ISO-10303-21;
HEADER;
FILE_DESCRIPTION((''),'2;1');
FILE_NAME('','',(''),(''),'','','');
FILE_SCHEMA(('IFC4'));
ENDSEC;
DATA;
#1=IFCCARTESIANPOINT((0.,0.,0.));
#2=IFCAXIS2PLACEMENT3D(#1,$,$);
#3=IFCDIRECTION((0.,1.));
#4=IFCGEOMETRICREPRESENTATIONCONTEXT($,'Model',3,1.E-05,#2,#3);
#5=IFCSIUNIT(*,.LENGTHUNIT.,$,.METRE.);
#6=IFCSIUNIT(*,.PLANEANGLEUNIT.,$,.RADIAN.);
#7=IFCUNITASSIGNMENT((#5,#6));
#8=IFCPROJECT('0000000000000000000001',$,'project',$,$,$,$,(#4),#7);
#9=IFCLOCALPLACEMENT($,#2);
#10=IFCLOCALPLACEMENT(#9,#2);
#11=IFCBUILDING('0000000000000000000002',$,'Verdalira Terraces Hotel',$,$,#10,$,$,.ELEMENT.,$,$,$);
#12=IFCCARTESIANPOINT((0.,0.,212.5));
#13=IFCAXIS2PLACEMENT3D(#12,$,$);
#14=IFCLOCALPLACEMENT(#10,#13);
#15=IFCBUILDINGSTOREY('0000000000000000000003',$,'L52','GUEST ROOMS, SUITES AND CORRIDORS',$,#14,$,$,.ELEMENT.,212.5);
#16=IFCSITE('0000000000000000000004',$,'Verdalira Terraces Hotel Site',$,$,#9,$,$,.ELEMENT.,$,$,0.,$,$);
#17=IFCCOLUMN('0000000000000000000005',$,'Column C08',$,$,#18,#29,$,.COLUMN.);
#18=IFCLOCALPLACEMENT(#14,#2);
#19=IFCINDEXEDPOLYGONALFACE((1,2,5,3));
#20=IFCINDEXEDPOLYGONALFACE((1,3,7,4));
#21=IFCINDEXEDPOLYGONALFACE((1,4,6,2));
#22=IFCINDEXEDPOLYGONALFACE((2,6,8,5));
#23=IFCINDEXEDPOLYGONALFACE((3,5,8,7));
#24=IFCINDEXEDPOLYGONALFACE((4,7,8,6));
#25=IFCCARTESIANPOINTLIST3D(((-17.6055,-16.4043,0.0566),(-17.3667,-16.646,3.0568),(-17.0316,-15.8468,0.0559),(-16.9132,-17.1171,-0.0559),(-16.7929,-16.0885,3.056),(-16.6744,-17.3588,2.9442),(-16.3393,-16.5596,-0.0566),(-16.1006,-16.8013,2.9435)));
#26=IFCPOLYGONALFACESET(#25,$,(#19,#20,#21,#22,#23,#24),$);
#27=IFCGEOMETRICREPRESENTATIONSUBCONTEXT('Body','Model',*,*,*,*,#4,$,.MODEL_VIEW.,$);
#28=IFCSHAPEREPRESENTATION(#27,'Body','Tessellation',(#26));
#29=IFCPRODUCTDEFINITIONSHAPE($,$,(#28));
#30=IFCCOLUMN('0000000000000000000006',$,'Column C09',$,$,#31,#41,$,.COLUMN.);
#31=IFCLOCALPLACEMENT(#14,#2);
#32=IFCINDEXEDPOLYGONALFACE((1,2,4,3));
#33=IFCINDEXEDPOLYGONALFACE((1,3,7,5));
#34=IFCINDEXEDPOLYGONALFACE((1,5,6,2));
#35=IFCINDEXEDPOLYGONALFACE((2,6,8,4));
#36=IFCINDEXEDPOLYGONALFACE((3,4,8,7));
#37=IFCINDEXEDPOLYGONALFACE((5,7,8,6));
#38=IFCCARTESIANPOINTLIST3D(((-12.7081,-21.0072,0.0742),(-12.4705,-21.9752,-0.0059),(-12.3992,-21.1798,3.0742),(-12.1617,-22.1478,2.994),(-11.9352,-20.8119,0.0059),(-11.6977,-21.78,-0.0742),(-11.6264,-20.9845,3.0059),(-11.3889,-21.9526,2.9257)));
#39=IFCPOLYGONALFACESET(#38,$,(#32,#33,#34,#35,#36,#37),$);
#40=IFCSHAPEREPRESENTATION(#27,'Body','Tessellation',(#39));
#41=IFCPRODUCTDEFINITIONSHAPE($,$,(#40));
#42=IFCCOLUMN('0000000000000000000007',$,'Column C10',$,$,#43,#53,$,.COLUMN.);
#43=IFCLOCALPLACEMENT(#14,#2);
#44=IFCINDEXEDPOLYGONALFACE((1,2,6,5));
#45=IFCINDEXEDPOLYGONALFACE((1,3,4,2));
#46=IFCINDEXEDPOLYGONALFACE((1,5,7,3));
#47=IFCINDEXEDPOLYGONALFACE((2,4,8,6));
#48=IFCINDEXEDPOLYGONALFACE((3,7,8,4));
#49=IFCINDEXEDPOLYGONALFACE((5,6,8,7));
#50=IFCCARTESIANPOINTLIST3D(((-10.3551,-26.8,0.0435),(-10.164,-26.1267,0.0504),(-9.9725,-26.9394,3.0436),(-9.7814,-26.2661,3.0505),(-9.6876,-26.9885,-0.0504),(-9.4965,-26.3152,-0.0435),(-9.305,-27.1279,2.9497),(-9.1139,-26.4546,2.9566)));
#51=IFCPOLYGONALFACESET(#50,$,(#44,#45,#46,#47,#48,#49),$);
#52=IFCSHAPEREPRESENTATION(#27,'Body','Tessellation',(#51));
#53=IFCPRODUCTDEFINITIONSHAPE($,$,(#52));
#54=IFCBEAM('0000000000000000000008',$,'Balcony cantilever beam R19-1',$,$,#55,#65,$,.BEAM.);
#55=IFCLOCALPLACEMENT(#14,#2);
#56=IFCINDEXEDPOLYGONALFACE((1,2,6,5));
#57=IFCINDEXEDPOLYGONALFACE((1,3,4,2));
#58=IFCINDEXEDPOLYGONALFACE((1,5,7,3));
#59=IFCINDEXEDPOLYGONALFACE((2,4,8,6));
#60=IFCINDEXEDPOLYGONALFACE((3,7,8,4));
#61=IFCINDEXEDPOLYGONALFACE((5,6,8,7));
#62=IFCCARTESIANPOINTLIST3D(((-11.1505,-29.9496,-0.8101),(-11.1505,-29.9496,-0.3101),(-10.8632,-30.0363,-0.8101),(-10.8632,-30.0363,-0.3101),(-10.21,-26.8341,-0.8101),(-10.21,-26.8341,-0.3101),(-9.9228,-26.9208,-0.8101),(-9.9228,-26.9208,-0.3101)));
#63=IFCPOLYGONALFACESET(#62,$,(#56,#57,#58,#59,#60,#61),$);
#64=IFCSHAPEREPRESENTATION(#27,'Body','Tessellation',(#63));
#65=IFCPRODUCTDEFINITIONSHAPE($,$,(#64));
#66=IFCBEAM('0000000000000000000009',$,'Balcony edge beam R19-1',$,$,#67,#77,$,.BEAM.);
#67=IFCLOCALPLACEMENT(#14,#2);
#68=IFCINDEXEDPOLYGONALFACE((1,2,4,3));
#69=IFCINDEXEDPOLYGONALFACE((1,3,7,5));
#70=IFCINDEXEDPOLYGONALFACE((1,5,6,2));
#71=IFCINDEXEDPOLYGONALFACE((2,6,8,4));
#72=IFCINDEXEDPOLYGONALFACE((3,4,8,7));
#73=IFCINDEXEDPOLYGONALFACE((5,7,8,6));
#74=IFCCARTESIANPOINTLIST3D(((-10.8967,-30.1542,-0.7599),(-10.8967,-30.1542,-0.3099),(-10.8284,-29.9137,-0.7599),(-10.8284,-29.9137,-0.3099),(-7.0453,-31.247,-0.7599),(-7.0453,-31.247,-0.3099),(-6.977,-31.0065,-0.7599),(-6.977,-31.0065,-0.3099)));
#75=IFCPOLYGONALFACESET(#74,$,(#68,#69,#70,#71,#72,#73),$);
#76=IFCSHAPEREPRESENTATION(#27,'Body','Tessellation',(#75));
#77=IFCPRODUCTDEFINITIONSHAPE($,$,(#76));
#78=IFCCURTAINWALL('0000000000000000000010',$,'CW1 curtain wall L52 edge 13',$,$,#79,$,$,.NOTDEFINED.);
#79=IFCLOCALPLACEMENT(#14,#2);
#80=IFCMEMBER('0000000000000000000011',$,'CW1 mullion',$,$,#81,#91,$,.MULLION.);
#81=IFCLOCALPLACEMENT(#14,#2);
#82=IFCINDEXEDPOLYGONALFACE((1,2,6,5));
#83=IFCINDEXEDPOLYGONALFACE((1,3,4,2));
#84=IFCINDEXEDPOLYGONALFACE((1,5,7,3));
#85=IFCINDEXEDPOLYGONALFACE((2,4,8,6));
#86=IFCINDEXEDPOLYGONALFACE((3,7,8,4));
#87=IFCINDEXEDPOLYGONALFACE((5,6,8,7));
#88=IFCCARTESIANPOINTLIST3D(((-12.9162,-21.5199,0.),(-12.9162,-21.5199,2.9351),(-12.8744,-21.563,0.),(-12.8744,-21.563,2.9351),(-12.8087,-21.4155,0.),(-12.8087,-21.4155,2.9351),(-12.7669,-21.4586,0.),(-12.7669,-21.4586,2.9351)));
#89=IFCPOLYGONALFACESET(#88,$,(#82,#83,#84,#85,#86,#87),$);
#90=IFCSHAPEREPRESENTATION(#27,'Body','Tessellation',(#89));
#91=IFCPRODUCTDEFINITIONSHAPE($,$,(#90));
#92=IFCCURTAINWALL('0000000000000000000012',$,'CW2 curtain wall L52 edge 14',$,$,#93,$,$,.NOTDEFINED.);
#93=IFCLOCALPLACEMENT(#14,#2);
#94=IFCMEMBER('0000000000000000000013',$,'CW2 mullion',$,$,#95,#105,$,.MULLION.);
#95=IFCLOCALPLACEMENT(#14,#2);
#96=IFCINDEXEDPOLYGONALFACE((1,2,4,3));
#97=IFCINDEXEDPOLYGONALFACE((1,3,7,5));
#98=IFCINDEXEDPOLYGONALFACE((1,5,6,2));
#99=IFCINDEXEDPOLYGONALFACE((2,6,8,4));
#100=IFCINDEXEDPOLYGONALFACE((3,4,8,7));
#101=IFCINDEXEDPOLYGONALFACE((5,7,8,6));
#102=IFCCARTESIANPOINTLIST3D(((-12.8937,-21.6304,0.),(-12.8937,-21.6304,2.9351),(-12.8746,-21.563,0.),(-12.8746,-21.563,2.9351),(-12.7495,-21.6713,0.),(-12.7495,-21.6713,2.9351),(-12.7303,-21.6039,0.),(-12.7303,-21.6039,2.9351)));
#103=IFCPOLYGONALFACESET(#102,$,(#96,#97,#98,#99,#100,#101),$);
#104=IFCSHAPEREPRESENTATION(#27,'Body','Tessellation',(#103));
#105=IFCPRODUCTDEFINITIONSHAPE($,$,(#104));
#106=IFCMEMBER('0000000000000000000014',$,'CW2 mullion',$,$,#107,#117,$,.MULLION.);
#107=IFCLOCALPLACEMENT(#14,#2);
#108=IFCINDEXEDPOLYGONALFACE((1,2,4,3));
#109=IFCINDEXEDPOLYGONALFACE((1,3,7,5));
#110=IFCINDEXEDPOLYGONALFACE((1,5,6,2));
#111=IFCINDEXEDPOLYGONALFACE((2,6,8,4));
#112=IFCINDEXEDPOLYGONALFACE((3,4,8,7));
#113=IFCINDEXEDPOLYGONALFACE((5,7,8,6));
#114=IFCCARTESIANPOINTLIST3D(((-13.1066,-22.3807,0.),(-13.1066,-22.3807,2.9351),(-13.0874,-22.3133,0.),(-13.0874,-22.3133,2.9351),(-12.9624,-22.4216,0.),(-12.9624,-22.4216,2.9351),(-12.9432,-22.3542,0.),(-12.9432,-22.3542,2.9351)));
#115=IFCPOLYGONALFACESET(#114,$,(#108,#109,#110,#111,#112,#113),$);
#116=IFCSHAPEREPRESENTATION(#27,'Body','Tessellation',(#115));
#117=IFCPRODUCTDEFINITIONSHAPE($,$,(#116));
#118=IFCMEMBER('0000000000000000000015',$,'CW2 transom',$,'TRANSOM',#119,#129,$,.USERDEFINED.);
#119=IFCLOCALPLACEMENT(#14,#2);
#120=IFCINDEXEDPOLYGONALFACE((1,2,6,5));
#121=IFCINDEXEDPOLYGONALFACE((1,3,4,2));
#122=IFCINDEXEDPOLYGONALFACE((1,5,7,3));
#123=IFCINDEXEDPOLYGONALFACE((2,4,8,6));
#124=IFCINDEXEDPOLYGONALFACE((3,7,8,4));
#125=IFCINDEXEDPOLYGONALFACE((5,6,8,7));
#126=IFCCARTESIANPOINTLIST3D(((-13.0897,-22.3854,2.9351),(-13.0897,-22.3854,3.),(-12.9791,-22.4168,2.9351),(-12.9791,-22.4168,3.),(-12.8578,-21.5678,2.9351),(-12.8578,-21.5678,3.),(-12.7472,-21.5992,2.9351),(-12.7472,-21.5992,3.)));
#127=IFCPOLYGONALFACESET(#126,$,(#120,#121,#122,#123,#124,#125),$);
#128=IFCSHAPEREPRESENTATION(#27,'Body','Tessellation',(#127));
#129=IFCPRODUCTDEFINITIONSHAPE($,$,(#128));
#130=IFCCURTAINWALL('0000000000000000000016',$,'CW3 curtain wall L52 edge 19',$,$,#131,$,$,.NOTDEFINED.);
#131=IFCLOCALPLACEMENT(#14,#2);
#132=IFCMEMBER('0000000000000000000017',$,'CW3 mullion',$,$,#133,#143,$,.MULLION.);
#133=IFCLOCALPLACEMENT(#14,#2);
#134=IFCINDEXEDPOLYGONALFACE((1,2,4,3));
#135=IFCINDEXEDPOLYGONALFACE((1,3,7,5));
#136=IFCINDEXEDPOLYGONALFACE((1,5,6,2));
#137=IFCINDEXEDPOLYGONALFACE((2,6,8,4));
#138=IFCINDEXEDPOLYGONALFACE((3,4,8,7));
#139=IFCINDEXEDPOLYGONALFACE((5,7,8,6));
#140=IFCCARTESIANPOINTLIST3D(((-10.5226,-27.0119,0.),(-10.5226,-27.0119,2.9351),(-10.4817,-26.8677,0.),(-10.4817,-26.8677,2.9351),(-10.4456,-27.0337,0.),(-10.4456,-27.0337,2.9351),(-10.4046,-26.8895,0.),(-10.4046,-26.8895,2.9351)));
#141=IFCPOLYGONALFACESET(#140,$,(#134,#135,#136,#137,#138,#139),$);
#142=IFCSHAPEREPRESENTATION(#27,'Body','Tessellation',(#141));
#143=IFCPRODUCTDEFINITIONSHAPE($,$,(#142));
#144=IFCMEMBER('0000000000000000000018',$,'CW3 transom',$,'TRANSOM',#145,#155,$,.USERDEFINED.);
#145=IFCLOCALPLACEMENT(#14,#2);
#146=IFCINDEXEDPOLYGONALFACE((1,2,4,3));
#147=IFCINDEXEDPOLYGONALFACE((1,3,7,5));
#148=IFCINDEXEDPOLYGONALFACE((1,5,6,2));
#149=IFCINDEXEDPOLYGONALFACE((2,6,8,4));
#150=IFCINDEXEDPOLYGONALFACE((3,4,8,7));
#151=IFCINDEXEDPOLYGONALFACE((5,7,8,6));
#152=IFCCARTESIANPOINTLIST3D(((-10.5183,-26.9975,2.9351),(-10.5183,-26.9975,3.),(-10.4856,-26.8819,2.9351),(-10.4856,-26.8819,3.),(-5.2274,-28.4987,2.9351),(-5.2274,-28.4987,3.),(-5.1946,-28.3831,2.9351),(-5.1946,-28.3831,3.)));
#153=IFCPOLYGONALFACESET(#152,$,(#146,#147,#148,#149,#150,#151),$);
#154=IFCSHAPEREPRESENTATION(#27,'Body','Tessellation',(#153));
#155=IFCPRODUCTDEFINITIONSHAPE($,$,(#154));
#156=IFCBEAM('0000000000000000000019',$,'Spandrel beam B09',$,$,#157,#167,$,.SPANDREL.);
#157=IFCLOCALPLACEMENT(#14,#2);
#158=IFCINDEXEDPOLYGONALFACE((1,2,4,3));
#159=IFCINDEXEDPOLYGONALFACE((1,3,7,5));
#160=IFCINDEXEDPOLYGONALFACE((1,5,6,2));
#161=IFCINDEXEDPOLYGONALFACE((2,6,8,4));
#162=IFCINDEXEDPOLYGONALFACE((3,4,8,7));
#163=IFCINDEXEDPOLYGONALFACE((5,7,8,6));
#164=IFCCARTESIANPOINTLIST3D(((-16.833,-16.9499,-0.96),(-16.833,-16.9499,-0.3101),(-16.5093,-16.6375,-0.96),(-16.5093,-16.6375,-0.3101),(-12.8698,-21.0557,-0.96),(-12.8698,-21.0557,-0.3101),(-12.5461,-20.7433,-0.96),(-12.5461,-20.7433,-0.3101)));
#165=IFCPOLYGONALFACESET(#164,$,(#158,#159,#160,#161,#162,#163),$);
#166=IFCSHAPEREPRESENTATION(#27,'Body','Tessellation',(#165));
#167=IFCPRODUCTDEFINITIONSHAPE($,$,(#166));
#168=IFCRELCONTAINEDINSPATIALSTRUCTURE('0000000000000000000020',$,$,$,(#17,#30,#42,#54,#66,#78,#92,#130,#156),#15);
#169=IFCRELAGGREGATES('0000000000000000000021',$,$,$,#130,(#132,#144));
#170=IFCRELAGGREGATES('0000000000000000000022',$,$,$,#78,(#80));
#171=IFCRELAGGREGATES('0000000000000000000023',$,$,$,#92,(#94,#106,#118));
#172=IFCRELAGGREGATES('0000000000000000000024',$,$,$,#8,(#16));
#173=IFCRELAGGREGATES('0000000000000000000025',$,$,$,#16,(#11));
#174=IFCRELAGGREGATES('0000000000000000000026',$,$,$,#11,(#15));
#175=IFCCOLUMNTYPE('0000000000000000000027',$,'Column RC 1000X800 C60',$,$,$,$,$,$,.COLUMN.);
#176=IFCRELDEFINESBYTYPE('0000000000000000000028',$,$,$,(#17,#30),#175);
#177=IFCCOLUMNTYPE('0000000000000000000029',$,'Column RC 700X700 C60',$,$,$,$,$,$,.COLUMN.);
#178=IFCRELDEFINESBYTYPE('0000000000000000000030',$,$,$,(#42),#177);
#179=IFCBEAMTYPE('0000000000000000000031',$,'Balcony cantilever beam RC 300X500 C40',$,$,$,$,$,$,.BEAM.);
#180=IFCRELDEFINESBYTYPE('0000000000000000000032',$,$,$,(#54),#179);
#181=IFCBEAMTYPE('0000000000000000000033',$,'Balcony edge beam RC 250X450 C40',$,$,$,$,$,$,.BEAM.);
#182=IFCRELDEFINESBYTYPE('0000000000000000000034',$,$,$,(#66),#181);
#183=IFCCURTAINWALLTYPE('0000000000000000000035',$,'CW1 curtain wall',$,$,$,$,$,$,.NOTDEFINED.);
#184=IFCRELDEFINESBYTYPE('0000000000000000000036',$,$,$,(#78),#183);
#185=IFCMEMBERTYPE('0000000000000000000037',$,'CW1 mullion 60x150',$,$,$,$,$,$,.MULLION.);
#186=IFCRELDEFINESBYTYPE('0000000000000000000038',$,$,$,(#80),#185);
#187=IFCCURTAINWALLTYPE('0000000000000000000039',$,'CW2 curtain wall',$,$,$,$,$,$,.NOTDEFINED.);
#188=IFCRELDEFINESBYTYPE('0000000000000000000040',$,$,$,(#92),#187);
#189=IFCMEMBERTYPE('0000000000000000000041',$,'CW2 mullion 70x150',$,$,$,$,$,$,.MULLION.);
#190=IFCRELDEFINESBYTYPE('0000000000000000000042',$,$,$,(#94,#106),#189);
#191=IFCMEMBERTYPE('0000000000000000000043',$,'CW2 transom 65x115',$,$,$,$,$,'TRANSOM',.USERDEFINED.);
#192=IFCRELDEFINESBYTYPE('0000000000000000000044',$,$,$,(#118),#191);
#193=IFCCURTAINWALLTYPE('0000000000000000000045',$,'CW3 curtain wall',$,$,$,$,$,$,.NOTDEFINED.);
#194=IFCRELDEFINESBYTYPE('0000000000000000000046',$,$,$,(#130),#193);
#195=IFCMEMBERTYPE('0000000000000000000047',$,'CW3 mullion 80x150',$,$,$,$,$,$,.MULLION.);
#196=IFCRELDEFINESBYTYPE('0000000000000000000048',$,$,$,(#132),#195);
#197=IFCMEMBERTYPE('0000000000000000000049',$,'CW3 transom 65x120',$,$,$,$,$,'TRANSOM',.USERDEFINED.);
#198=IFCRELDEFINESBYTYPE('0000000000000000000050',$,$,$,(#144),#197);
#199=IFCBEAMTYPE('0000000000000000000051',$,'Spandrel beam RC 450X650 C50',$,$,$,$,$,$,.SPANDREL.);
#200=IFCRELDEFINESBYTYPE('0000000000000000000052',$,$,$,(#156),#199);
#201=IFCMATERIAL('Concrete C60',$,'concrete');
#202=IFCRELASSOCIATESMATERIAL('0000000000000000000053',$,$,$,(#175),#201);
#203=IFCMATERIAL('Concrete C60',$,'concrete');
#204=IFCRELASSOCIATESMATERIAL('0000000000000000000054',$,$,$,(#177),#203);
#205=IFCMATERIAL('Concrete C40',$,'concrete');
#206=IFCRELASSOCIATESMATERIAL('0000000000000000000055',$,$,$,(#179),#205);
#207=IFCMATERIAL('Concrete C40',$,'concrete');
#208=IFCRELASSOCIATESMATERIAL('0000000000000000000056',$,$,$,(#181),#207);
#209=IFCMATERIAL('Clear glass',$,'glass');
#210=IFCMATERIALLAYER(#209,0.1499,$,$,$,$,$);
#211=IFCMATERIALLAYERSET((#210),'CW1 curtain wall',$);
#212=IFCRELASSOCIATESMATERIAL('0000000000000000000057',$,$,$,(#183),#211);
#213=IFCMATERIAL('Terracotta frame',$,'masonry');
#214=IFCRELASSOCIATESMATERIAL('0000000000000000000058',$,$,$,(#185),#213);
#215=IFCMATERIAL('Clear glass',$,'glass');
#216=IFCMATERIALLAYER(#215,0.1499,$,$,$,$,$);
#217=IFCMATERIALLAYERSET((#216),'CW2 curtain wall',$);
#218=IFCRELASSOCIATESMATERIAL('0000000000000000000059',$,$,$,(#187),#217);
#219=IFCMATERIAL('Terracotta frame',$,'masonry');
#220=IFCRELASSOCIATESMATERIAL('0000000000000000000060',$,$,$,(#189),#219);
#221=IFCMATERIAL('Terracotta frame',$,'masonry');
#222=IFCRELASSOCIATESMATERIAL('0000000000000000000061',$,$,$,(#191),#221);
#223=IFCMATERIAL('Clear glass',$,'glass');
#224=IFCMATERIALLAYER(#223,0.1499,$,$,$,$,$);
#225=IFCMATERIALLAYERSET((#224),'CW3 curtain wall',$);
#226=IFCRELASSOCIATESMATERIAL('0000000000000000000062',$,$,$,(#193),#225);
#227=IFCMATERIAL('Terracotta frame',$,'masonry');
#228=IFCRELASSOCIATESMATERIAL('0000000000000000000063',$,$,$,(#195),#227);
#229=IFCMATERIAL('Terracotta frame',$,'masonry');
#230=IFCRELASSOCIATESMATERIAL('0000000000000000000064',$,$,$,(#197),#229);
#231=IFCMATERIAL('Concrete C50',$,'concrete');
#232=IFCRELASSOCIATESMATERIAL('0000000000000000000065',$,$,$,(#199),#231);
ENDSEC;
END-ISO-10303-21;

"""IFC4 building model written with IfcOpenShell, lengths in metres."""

from ifc_helpers import new_model, si_unit, direction, frame, origin, origin_2d, place, context, subcontext, project, spatial, rectangle, extrude, material, layer, layer_set, material_profile, profile_set, type_object, element, aggregate, save


model = new_model("IFC4")

# Units and contexts
model_context = context("Model", 3, precision=1e-05, world=origin(), true_north=direction((0.0, 1.0)))
body_context = subcontext(model_context, "Body", "Model", "MODEL_VIEW")
ifc_project = project(units=[si_unit("LENGTHUNIT", "METRE"), si_unit("PLANEANGLEUNIT", "RADIAN")], contexts=[model_context])

# Site, building, storey
site_placement = place(None, origin())
site = spatial("IfcSite", under=ifc_project, at=site_placement, Name="Verdalira Terraces Hotel Site", CompositionType="ELEMENT", RefElevation=0.0)
building_placement = place(site_placement, origin())
building = spatial("IfcBuilding", under=site, at=building_placement, Name="Verdalira Terraces Hotel", CompositionType="ELEMENT")
storey_placement = place(building_placement, frame((0.0, 0.0, 212.5)))
storey = spatial("IfcBuildingStorey", under=building, at=storey_placement, Name="L52", Description="GUEST ROOMS, SUITES AND CORRIDORS", CompositionType="ELEMENT", Elevation=212.5)

# Columns
ifc_material_1 = material(Name="Concrete C60", Category="concrete")
ifc_material_profile_1 = material_profile(ifc_material_1, rectangle(XDim=1.0, YDim=0.8, at=origin_2d()), Name="RC 1000X800")
ifc_profile_set_1 = profile_set([ifc_material_profile_1], Name="Concrete C60")
column_type_1 = type_object("IfcColumnType", Name="Column RC 1000X800 C60", PredefinedType="COLUMN", material=ifc_profile_set_1)
column_1_placement = place(storey_placement, frame((-16.9724, -16.4819, 0.0), z_axis=(0.079084, -0.080055, 0.993648), x_axis=(0.692295, -0.712787, -0.112526)))
element("IfcColumn", 1, at=column_1_placement, inside=storey, type_object=column_type_1, Name="Column C08", PredefinedType="COLUMN", context=body_context, shape_type="SweptSolid", body=[
    extrude(rectangle(XDim=1.0, YDim=0.8, at=origin_2d()), origin(), (0.0, 0.0, 1.0), 3.0193),
])
column_2_placement = place(storey_placement, frame((-12.2029, -21.3936, 0.0), z_axis=(0.102237, -0.05714, 0.993118), x_axis=(-0.237512, 0.968072, 0.08015)))
element("IfcColumn", 2, at=column_2_placement, inside=storey, type_object=column_type_1, Name="Column C09", PredefinedType="COLUMN", context=body_context, shape_type="SweptSolid", body=[
    extrude(rectangle(XDim=1.0, YDim=0.8, at=origin_2d()), origin(), (0.0, 0.0, 1.0), 3.0208),
])
ifc_material_2 = material(Name="Concrete C60", Category="concrete")
ifc_material_profile_2 = material_profile(ifc_material_2, rectangle(XDim=0.7, YDim=0.7, at=origin_2d()), Name="RC 700X700")
ifc_profile_set_2 = profile_set([ifc_material_profile_2], Name="Concrete C60")
column_type_2 = type_object("IfcColumnType", Name="Column RC 700X700 C60", PredefinedType="COLUMN", material=ifc_profile_set_2)
column_3_placement = place(storey_placement, frame((-9.9258, -26.5576, 0.0), z_axis=(0.126364, -0.046046, 0.990915), x_axis=(0.953657, -0.269345, -0.134129)))
element("IfcColumn", 3, at=column_3_placement, inside=storey, type_object=column_type_2, Name="Column C10", PredefinedType="COLUMN", context=body_context, shape_type="SweptSolid", body=[
    extrude(rectangle(XDim=0.7, YDim=0.7, at=origin_2d()), origin(), (0.0, 0.0, 1.0), 3.0276),
])

# Beams
ifc_material_3 = material(Name="Concrete C40", Category="concrete")
ifc_material_profile_3 = material_profile(ifc_material_3, rectangle(XDim=0.3, YDim=0.5, at=origin_2d()), Name="RC 300X500")
ifc_profile_set_3 = profile_set([ifc_material_profile_3], Name="Concrete C40")
beam_type_1 = type_object("IfcBeamType", Name="Balcony cantilever beam RC 300X500 C40", PredefinedType="BEAM", material=ifc_profile_set_3)
beam_1_placement = place(storey_placement, frame((-10.0664, -26.8774, -0.5601), z_axis=(-0.288979, -0.957336, 0.0), x_axis=(0.957336, -0.288979, 0.0)))
element("IfcBeam", 4, at=beam_1_placement, inside=storey, type_object=beam_type_1, Name="Balcony cantilever beam R19-1", PredefinedType="BEAM", context=body_context, shape_type="SweptSolid", body=[
    extrude(rectangle(XDim=0.3, YDim=0.5, at=origin_2d()), origin(), (0.0, 0.0, 1.0), 3.2544),
])
ifc_material_4 = material(Name="Concrete C40", Category="concrete")
ifc_material_profile_4 = material_profile(ifc_material_4, rectangle(XDim=0.25, YDim=0.45, at=origin_2d()), Name="RC 250X450")
ifc_profile_set_4 = profile_set([ifc_material_profile_4], Name="Concrete C40")
beam_type_2 = type_object("IfcBeamType", Name="Balcony edge beam RC 250X450 C40", PredefinedType="BEAM", material=ifc_profile_set_4)
beam_2_placement = place(storey_placement, frame((-10.8625, -30.0339, -0.5349), z_axis=(0.962024, -0.272965, 0.0), x_axis=(0.272965, 0.962024, 0.0)))
element("IfcBeam", 5, at=beam_2_placement, inside=storey, type_object=beam_type_2, Name="Balcony edge beam R19-1", PredefinedType="BEAM", context=body_context, shape_type="SweptSolid", body=[
    extrude(rectangle(XDim=0.25, YDim=0.45, at=origin_2d()), origin(), (0.0, 0.0, 1.0), 4.0034),
])

# Curtain wall, member
ifc_material_5 = material(Name="Clear glass", Category="glass")
ifc_layer_1 = layer(ifc_material_5, 0.1499)
ifc_layer_set_1 = layer_set([ifc_layer_1], Name="CW1 curtain wall")
curtain_wall_type_1 = type_object("IfcCurtainWallType", Name="CW1 curtain wall", PredefinedType="NOTDEFINED", material=ifc_layer_set_1)
curtain_wall_1_placement = place(storey_placement, origin())
curtain_wall_1 = element("IfcCurtainWall", 6, at=curtain_wall_1_placement, inside=storey, type_object=curtain_wall_type_1, Name="CW1 curtain wall L52 edge 13", PredefinedType="NOTDEFINED")
ifc_material_6 = material(Name="Terracotta frame", Category="masonry")
ifc_material_profile_5 = material_profile(ifc_material_6, rectangle(XDim=0.0601, YDim=0.1499, at=origin_2d()), Name="MU 60x150")
ifc_profile_set_5 = profile_set([ifc_material_profile_5], Name="Terracotta frame")
member_type_1 = type_object("IfcMemberType", Name="CW1 mullion 60x150", PredefinedType="MULLION", material=ifc_profile_set_5)
member_1_placement = place(storey_placement, frame((-12.8416, -21.4893, 0.0), z_axis=(0.0, 0.0, 1.0), x_axis=(0.696664, -0.717397, 0.0)))
member_1 = element("IfcMember", 7, at=member_1_placement, type_object=member_type_1, Name="CW1 mullion", PredefinedType="MULLION", context=body_context, shape_type="SweptSolid", body=[
    extrude(rectangle(XDim=0.0601, YDim=0.1499, at=origin_2d()), origin(), (0.0, 0.0, 1.0), 2.9351),
])

# Curtain walls, members
ifc_material_7 = material(Name="Clear glass", Category="glass")
ifc_layer_2 = layer(ifc_material_7, 0.1499)
ifc_layer_set_2 = layer_set([ifc_layer_2], Name="CW2 curtain wall")
curtain_wall_type_2 = type_object("IfcCurtainWallType", Name="CW2 curtain wall", PredefinedType="NOTDEFINED", material=ifc_layer_set_2)
curtain_wall_2_placement = place(storey_placement, origin())
curtain_wall_2 = element("IfcCurtainWall", 8, at=curtain_wall_2_placement, inside=storey, type_object=curtain_wall_type_2, Name="CW2 curtain wall L52 edge 14", PredefinedType="NOTDEFINED")
ifc_material_8 = material(Name="Terracotta frame", Category="masonry")
ifc_material_profile_6 = material_profile(ifc_material_8, rectangle(XDim=0.0701, YDim=0.1499, at=origin_2d()), Name="MU 70x150")
ifc_profile_set_6 = profile_set([ifc_material_profile_6], Name="Terracotta frame")
member_type_2 = type_object("IfcMemberType", Name="CW2 mullion 70x150", PredefinedType="MULLION", material=ifc_profile_set_6)
member_2_placement = place(storey_placement, frame((-12.812, -21.6172, 0.0), z_axis=(0.0, 0.0, 1.0), x_axis=(-0.272952, -0.962028, 0.0)))
member_2 = element("IfcMember", 9, at=member_2_placement, type_object=member_type_2, Name="CW2 mullion", PredefinedType="MULLION", context=body_context, shape_type="SweptSolid", body=[
    extrude(rectangle(XDim=0.0701, YDim=0.1499, at=origin_2d()), origin(), (0.0, 0.0, 1.0), 2.9351),
])
member_3_placement = place(storey_placement, frame((-13.0249, -22.3674, 0.0), z_axis=(0.0, 0.0, 1.0), x_axis=(-0.272952, -0.962028, 0.0)))
member_3 = element("IfcMember", 10, at=member_3_placement, type_object=member_type_2, Name="CW2 mullion", PredefinedType="MULLION", context=body_context, shape_type="SweptSolid", body=[
    extrude(rectangle(XDim=0.0701, YDim=0.1499, at=origin_2d()), origin(), (0.0, 0.0, 1.0), 2.9351),
])
ifc_material_9 = material(Name="Terracotta frame", Category="masonry")
ifc_material_profile_7 = material_profile(ifc_material_9, rectangle(XDim=0.115, YDim=0.0649, at=origin_2d()), Name="TR 65x115")
ifc_profile_set_7 = profile_set([ifc_material_profile_7], Name="Terracotta frame")
member_type_3 = type_object("IfcMemberType", Name="CW2 transom 65x115", ElementType="TRANSOM", PredefinedType="USERDEFINED", material=ifc_profile_set_7)
member_4_placement = place(storey_placement, frame((-12.8025, -21.5835, 2.9675), z_axis=(-0.272899, -0.962043, 0.0), x_axis=(0.962043, -0.272899, 0.0)))
member_4 = element("IfcMember", 11, at=member_4_placement, type_object=member_type_3, Name="CW2 transom", ObjectType="TRANSOM", PredefinedType="USERDEFINED", context=body_context, shape_type="SweptSolid", body=[
    extrude(rectangle(XDim=0.115, YDim=0.0649, at=origin_2d()), origin(), (0.0, 0.0, 1.0), 0.8499),
])
ifc_material_10 = material(Name="Clear glass", Category="glass")
ifc_layer_3 = layer(ifc_material_10, 0.1499)
ifc_layer_set_3 = layer_set([ifc_layer_3], Name="CW3 curtain wall")
curtain_wall_type_3 = type_object("IfcCurtainWallType", Name="CW3 curtain wall", PredefinedType="NOTDEFINED", material=ifc_layer_set_3)
curtain_wall_3_placement = place(storey_placement, origin())
curtain_wall_3 = element("IfcCurtainWall", 12, at=curtain_wall_3_placement, inside=storey, type_object=curtain_wall_type_3, Name="CW3 curtain wall L52 edge 19", PredefinedType="NOTDEFINED")
ifc_material_11 = material(Name="Terracotta frame", Category="masonry")
ifc_material_profile_8 = material_profile(ifc_material_11, rectangle(XDim=0.0801, YDim=0.1499, at=origin_2d()), Name="MU 80x150")
ifc_profile_set_8 = profile_set([ifc_material_profile_8], Name="Terracotta frame")
member_type_4 = type_object("IfcMemberType", Name="CW3 mullion 80x150", PredefinedType="MULLION", material=ifc_profile_set_8)
member_5_placement = place(storey_placement, frame((-10.4636, -26.9507, 0.0), z_axis=(0.0, 0.0, 1.0), x_axis=(0.962028, -0.272952, 0.0)))
member_5 = element("IfcMember", 13, at=member_5_placement, type_object=member_type_4, Name="CW3 mullion", PredefinedType="MULLION", context=body_context, shape_type="SweptSolid", body=[
    extrude(rectangle(XDim=0.0801, YDim=0.1499, at=origin_2d()), origin(), (0.0, 0.0, 1.0), 2.9351),
])
ifc_material_12 = material(Name="Terracotta frame", Category="masonry")
ifc_material_profile_9 = material_profile(ifc_material_12, rectangle(XDim=0.1201, YDim=0.0649, at=origin_2d()), Name="TR 65x120")
ifc_profile_set_9 = profile_set([ifc_material_profile_9], Name="Terracotta frame")
member_type_5 = type_object("IfcMemberType", Name="CW3 transom 65x120", ElementType="TRANSOM", PredefinedType="USERDEFINED", material=ifc_profile_set_9)
member_6_placement = place(storey_placement, frame((-10.502, -26.9397, 2.9675), z_axis=(0.962027, -0.272956, 0.0), x_axis=(0.272956, 0.962027, 0.0)))
member_6 = element("IfcMember", 14, at=member_6_placement, type_object=member_type_5, Name="CW3 transom", ObjectType="TRANSOM", PredefinedType="USERDEFINED", context=body_context, shape_type="SweptSolid", body=[
    extrude(rectangle(XDim=0.1201, YDim=0.0649, at=origin_2d()), origin(), (0.0, 0.0, 1.0), 5.4998),
])
aggregate(curtain_wall_3, [member_5, member_6])

# Beam
ifc_material_13 = material(Name="Concrete C50", Category="concrete")
ifc_material_profile_10 = material_profile(ifc_material_13, rectangle(XDim=0.45, YDim=0.6499, at=origin_2d()), Name="RC 450X650")
ifc_profile_set_10 = profile_set([ifc_material_profile_10], Name="Concrete C50")
beam_type_3 = type_object("IfcBeamType", Name="Spandrel beam RC 450X650 C50", PredefinedType="SPANDREL", material=ifc_profile_set_10)
beam_3_placement = place(storey_placement, frame((-16.6711, -16.7937, -0.635), z_axis=(0.694504, -0.719489, 0.0), x_axis=(0.719489, 0.694504, 0.0)))
element("IfcBeam", 15, at=beam_3_placement, inside=storey, type_object=beam_type_3, Name="Spandrel beam B09", PredefinedType="SPANDREL", context=body_context, shape_type="SweptSolid", body=[
    extrude(rectangle(XDim=0.45, YDim=0.6499, at=origin_2d()), origin(), (0.0, 0.0, 1.0), 5.7065),
])

aggregate(curtain_wall_1, [member_1])
aggregate(curtain_wall_2, [member_2, member_3, member_4])

save(model, "model.ifc")
